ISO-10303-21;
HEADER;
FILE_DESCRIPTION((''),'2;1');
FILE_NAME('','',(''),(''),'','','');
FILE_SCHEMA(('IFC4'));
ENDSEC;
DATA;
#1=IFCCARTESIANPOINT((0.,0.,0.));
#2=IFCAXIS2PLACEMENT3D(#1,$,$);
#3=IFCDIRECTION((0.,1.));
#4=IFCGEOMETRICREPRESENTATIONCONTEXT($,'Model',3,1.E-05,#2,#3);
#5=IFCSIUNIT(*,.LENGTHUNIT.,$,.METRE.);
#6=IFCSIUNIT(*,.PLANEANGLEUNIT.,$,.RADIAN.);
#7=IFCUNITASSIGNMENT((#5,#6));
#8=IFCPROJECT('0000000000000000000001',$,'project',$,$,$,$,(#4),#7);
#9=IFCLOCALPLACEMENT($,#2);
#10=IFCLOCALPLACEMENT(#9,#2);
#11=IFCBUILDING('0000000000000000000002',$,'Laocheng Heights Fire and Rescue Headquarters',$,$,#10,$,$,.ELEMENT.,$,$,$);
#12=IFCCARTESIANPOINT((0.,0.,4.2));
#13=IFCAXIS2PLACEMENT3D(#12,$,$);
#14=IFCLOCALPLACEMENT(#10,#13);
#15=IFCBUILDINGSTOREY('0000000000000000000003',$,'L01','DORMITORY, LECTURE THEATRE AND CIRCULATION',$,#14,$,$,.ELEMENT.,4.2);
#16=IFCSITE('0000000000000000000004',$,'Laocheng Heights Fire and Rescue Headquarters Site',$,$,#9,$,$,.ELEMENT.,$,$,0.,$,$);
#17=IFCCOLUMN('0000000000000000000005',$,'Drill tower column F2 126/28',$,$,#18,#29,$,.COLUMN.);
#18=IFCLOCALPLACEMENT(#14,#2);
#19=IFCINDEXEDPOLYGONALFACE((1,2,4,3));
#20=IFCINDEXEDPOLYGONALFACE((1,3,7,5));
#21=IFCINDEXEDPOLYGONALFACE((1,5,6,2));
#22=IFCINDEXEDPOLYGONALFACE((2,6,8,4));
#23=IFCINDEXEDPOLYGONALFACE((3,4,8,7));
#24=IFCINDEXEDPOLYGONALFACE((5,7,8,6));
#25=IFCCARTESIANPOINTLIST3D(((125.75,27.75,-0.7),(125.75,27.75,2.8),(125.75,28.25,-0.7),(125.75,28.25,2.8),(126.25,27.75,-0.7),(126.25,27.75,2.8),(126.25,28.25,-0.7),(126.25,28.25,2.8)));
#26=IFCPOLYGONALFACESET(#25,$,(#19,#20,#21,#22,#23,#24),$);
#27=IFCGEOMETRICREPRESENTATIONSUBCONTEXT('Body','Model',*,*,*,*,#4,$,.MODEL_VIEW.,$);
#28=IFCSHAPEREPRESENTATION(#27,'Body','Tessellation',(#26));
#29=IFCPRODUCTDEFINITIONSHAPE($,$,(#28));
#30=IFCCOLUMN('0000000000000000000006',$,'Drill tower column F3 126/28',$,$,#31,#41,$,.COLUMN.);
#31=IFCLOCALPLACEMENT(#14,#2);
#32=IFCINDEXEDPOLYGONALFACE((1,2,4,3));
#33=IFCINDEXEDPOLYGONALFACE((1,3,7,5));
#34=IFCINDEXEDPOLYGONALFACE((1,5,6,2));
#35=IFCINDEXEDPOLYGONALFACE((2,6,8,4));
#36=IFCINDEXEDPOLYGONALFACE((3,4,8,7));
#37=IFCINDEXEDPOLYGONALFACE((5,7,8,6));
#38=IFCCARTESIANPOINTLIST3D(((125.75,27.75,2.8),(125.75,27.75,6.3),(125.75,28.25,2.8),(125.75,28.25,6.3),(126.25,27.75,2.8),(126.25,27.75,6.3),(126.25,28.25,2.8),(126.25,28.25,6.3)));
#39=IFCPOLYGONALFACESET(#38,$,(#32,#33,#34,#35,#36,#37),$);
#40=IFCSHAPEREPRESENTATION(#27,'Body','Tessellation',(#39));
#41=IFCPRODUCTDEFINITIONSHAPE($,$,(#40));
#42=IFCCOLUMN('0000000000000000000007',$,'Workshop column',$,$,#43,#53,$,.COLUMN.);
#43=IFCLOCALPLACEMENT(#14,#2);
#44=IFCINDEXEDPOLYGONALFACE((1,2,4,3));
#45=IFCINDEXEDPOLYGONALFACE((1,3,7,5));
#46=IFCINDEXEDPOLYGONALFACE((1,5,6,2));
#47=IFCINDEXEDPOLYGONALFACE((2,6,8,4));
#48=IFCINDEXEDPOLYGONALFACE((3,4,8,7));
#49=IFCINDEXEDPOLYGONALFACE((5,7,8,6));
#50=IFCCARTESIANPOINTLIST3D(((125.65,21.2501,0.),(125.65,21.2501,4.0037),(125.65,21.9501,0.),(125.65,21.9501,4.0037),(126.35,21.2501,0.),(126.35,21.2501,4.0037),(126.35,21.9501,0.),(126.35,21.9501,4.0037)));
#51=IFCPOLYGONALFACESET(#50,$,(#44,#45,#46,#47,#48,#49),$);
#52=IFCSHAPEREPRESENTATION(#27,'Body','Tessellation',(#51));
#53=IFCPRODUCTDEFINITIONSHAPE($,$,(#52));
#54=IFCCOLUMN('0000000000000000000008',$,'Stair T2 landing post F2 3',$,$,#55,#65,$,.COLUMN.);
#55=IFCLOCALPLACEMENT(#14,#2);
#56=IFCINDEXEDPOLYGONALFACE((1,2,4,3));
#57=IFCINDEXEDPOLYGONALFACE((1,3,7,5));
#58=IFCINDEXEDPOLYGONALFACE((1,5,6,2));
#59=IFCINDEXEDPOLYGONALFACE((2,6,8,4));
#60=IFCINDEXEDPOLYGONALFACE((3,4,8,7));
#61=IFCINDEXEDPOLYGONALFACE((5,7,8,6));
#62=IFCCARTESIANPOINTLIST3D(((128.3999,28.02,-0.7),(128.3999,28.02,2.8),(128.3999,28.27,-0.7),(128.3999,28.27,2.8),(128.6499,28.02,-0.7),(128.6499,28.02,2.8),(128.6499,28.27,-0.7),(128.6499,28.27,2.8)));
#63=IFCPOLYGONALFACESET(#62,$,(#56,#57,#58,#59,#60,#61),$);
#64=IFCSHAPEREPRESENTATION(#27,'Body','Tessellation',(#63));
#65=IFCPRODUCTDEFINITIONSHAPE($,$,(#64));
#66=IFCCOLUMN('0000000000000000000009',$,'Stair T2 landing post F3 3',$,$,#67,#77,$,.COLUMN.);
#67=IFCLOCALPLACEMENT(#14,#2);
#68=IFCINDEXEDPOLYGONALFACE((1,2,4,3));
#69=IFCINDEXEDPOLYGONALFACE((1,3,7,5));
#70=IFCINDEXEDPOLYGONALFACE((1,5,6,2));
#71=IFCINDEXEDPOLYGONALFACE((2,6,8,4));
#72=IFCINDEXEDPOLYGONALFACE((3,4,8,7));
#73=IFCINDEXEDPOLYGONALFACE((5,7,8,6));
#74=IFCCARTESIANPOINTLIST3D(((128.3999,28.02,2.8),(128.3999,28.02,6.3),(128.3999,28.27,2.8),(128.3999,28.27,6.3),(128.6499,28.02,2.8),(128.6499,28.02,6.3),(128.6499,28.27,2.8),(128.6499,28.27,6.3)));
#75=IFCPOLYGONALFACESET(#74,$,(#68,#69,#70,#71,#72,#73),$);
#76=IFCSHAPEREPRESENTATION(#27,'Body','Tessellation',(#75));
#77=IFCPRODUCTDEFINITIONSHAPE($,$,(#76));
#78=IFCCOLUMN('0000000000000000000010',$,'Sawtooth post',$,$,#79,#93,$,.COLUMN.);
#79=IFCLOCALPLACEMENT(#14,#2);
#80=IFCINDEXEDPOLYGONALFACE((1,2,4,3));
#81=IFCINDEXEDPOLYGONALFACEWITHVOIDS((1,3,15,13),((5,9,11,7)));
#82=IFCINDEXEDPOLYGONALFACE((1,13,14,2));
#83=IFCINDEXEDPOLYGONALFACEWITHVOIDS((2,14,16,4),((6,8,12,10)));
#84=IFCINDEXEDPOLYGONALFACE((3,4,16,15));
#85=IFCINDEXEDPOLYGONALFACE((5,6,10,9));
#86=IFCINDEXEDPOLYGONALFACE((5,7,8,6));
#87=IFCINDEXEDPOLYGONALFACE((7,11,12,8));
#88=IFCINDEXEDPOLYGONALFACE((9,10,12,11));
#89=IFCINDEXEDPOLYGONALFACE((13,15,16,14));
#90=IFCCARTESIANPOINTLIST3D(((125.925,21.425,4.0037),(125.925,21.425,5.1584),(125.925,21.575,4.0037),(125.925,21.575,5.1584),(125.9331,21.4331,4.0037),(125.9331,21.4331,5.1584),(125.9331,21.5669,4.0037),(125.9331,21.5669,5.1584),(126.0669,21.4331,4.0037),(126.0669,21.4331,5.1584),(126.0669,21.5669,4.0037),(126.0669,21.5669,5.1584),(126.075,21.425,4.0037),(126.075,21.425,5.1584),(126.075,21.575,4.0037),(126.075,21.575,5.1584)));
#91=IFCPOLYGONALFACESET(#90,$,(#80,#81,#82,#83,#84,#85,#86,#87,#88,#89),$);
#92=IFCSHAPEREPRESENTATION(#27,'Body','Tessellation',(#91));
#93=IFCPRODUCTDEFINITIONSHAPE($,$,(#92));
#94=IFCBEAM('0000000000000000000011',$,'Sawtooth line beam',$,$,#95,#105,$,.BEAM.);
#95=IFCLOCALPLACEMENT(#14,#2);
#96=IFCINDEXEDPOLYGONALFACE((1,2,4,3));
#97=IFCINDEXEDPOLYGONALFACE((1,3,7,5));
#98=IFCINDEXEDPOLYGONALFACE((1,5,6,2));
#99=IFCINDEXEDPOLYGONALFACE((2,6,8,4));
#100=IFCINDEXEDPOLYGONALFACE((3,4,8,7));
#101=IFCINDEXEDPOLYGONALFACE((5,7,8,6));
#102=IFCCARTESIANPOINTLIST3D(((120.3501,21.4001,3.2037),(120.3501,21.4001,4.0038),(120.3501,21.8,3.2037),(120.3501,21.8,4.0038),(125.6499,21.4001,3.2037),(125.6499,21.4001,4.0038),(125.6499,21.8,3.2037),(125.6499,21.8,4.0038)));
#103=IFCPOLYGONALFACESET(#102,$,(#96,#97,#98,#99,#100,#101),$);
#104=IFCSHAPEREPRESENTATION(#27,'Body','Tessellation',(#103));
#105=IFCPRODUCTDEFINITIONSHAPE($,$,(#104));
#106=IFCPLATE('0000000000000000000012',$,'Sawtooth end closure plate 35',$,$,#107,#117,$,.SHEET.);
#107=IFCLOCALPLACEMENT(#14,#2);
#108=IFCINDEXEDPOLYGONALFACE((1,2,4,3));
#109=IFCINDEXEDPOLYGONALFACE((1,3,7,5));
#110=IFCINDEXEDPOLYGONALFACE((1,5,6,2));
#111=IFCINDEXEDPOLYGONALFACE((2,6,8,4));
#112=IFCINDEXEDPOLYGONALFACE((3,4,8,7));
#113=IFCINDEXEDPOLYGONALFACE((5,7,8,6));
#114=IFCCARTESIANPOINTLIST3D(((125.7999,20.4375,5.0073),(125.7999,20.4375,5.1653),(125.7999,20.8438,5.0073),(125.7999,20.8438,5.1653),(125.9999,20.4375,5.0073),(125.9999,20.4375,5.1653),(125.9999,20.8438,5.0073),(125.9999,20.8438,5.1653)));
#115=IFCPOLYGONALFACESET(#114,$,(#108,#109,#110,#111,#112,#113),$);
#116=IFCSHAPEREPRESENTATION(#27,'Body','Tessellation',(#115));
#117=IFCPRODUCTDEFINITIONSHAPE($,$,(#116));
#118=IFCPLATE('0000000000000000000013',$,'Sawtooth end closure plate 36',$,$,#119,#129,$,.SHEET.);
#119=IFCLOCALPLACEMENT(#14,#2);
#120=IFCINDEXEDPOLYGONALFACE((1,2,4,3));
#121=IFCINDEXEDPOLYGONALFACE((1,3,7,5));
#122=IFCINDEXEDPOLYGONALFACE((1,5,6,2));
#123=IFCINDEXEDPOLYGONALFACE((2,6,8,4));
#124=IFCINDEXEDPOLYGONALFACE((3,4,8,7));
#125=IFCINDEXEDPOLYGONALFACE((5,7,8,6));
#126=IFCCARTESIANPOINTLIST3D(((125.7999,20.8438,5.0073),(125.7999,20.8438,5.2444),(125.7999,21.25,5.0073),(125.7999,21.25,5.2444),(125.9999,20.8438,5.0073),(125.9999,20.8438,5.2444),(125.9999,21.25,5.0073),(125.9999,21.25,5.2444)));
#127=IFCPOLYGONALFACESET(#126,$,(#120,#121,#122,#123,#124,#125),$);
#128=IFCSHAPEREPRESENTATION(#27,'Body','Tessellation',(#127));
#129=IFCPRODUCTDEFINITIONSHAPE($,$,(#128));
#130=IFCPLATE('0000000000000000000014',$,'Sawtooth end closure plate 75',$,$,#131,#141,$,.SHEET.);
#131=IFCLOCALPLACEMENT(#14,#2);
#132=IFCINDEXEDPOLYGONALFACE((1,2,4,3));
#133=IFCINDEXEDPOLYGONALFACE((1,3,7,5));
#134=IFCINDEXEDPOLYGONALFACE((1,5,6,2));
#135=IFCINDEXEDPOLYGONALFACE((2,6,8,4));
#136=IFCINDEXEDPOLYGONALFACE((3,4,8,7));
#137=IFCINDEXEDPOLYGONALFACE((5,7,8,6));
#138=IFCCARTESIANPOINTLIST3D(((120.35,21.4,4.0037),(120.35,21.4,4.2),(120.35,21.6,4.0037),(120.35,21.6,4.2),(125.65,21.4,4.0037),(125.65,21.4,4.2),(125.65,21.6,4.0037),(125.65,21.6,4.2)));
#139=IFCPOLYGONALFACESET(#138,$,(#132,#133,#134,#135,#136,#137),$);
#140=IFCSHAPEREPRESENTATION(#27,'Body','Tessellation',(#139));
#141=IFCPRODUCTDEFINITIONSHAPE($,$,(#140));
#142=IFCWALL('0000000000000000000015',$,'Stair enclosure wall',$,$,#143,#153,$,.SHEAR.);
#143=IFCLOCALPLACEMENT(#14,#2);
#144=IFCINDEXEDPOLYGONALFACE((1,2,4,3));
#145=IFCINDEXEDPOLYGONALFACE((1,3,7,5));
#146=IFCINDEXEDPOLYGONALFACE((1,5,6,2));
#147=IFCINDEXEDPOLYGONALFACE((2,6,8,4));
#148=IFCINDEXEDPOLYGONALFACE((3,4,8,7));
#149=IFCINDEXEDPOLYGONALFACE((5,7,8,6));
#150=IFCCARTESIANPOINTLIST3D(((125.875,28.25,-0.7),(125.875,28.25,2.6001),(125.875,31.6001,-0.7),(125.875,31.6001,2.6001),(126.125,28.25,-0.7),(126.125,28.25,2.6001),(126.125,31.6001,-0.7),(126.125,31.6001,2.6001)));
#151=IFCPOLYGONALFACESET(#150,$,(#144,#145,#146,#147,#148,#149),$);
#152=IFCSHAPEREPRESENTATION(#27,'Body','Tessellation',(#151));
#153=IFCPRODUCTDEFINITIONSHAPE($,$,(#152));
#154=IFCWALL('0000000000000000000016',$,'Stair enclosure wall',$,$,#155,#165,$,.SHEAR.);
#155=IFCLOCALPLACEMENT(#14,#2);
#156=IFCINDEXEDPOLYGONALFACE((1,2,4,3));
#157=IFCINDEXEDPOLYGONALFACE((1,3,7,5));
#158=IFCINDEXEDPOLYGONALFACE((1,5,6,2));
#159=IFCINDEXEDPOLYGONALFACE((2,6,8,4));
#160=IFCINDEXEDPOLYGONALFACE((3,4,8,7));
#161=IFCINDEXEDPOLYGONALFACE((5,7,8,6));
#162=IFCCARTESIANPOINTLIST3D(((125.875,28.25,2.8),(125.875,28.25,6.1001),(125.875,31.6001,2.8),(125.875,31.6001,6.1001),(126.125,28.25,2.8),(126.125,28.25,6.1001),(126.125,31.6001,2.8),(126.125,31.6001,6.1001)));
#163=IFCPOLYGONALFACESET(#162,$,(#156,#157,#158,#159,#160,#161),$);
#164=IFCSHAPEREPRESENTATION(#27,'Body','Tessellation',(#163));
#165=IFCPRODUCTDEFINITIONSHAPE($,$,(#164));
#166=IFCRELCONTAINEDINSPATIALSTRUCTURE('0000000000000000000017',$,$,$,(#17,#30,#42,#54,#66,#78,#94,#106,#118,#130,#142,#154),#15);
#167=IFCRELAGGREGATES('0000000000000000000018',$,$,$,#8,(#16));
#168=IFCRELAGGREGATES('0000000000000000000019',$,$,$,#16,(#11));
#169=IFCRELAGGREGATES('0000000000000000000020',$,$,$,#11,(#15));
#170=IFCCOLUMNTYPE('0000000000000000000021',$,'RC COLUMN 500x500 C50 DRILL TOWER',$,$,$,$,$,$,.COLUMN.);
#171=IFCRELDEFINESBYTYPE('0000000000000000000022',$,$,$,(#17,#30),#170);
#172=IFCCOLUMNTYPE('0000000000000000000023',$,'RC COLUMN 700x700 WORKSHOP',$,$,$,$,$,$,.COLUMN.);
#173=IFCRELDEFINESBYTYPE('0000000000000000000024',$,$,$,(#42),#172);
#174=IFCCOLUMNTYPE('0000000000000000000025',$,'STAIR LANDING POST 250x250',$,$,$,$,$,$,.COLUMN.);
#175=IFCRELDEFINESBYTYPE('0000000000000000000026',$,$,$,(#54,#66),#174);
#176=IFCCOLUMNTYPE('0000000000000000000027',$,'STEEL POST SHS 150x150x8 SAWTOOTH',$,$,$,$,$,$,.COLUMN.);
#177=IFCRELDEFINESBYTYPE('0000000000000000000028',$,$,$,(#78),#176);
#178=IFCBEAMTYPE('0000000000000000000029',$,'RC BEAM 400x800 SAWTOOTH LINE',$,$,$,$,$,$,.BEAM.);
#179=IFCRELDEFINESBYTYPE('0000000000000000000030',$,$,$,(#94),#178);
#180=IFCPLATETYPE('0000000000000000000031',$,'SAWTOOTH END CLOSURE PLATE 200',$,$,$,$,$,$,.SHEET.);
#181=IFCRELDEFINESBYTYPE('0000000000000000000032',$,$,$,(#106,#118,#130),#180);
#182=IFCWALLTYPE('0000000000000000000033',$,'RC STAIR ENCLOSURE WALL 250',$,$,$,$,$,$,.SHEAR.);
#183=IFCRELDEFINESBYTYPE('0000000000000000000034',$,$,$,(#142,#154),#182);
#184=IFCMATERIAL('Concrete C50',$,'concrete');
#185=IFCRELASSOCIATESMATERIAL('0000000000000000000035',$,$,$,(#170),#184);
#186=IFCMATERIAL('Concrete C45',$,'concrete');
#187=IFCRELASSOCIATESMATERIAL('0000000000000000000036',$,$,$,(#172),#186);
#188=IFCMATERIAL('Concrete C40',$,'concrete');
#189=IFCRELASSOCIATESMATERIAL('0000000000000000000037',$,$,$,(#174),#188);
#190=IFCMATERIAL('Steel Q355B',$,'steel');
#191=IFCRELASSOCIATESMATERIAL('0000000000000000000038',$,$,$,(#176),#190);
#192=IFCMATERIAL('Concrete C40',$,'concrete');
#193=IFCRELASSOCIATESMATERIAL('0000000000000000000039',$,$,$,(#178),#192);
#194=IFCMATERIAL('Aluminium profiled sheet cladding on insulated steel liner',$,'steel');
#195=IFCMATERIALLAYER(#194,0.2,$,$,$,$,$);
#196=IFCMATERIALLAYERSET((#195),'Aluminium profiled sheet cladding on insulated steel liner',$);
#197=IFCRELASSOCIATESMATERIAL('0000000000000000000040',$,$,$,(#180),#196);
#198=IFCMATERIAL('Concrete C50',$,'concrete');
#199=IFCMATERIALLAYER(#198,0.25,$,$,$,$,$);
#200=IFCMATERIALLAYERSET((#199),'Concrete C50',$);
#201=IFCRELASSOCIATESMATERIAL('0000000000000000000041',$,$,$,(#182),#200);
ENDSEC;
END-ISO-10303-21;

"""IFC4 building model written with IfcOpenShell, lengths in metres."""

from ifc_helpers import new_model, si_unit, direction, frame, frame_2d, origin, origin_2d, place, context, subcontext, project, spatial, rectangle, hollow_rectangle, extrude, material, layer, layer_set, material_profile, profile_set, type_object, element, save


model = new_model("IFC4")

# Units and contexts
model_context = context("Model", 3, precision=1e-05, world=origin(), true_north=direction((0.0, 1.0)))
body_context = subcontext(model_context, "Body", "Model", "MODEL_VIEW")
ifc_project = project(units=[si_unit("LENGTHUNIT", "METRE"), si_unit("PLANEANGLEUNIT", "RADIAN")], contexts=[model_context])

# Site, building, storey
site_placement = place(None, origin())
site = spatial("IfcSite", under=ifc_project, at=site_placement, Name="Laocheng Heights Fire and Rescue Headquarters Site", CompositionType="ELEMENT", RefElevation=0.0)
building_placement = place(site_placement, origin())
building = spatial("IfcBuilding", under=site, at=building_placement, Name="Laocheng Heights Fire and Rescue Headquarters", CompositionType="ELEMENT")
storey_placement = place(building_placement, frame((0.0, 0.0, 4.2)))
storey = spatial("IfcBuildingStorey", under=building, at=storey_placement, Name="L01", Description="DORMITORY, LECTURE THEATRE AND CIRCULATION", CompositionType="ELEMENT", Elevation=4.2)

# Columns
ifc_material_1 = material(Name="Concrete C50", Category="concrete")
ifc_material_profile_1 = material_profile(ifc_material_1, rectangle(XDim=0.5, YDim=0.5, at=origin_2d()), Name="RC COLUMN 500x500 C50 DRILL TOWER")
ifc_profile_set_1 = profile_set([ifc_material_profile_1], Name="Concrete C50")
column_type_1 = type_object("IfcColumnType", Name="RC COLUMN 500x500 C50 DRILL TOWER", PredefinedType="COLUMN", material=ifc_profile_set_1)
for number, where, z_axis, x_axis, name in (
    (1, (126.0, 28.0, -0.7), (0.0, 0.0, 1.0), (1.0, 0.0, 0.0), "Drill tower column F2 126/28"),
    (2, (126.0, 28.0, 2.8), (0.0, 0.0, 1.0), (1.0, 0.0, 0.0), "Drill tower column F3 126/28"),
):
    element("IfcColumn", number, at=place(storey_placement, frame(where, z_axis=z_axis, x_axis=x_axis)), inside=storey, type_object=column_type_1, Name=name, PredefinedType="COLUMN", context=body_context, shape_type="SweptSolid", body=[
        extrude(rectangle(XDim=0.5, YDim=0.5, at=origin_2d()), origin(), (0.0, 0.0, 1.0), 3.5),
    ])
ifc_material_2 = material(Name="Concrete C45", Category="concrete")
ifc_material_profile_2 = material_profile(ifc_material_2, rectangle(XDim=0.7, YDim=0.7, at=origin_2d()), Name="RC COLUMN 700x700 WORKSHOP")
ifc_profile_set_2 = profile_set([ifc_material_profile_2], Name="Concrete C45")
column_type_2 = type_object("IfcColumnType", Name="RC COLUMN 700x700 WORKSHOP", PredefinedType="COLUMN", material=ifc_profile_set_2)
column_1_placement = place(storey_placement, frame((126.0, 21.6001, 0.0), z_axis=(0.0, 0.0, 1.0), x_axis=(1.0, 0.0, 0.0)))
element("IfcColumn", 3, at=column_1_placement, inside=storey, type_object=column_type_2, Name="Workshop column", PredefinedType="COLUMN", context=body_context, shape_type="SweptSolid", body=[
    extrude(rectangle(XDim=0.7, YDim=0.7, at=origin_2d()), origin(), (0.0, 0.0, 1.0), 4.0037),
])
ifc_material_3 = material(Name="Concrete C40", Category="concrete")
ifc_material_profile_3 = material_profile(ifc_material_3, rectangle(XDim=0.25, YDim=0.25, at=origin_2d()), Name="STAIR LANDING POST 250x250")
ifc_profile_set_3 = profile_set([ifc_material_profile_3], Name="Concrete C40")
column_type_3 = type_object("IfcColumnType", Name="STAIR LANDING POST 250x250", PredefinedType="COLUMN", material=ifc_profile_set_3)
for number, where, z_axis, x_axis, name in (
    (4, (128.5249, 28.145, -0.7), (0.0, 0.0, 1.0), (1.0, 0.0, 0.0), "Stair T2 landing post F2 3"),
    (5, (128.5249, 28.145, 2.8), (0.0, 0.0, 1.0), (1.0, 0.0, 0.0), "Stair T2 landing post F3 3"),
):
    element("IfcColumn", number, at=place(storey_placement, frame(where, z_axis=z_axis, x_axis=x_axis)), inside=storey, type_object=column_type_3, Name=name, PredefinedType="COLUMN", context=body_context, shape_type="SweptSolid", body=[
        extrude(rectangle(XDim=0.25, YDim=0.25, at=origin_2d()), origin(), (0.0, 0.0, 1.0), 3.5),
    ])
ifc_material_4 = material(Name="Steel Q355B", Category="steel")
ifc_material_profile_4 = material_profile(ifc_material_4, hollow_rectangle(XDim=0.1499, YDim=0.1499, WallThickness=0.0081, at=origin_2d()), Name="SHS 150x150x8")
ifc_profile_set_4 = profile_set([ifc_material_profile_4], Name="Steel Q355B")
column_type_4 = type_object("IfcColumnType", Name="STEEL POST SHS 150x150x8 SAWTOOTH", PredefinedType="COLUMN", material=ifc_profile_set_4)
column_2_placement = place(storey_placement, frame((126.0, 21.5, 4.0037), z_axis=(0.0, 0.0, 1.0), x_axis=(1.0, 0.0, 0.0)))
element("IfcColumn", 6, at=column_2_placement, inside=storey, type_object=column_type_4, Name="Sawtooth post", PredefinedType="COLUMN", context=body_context, shape_type="SweptSolid", body=[
    extrude(hollow_rectangle(XDim=0.1499, YDim=0.1499, WallThickness=0.0081, at=origin_2d()), origin(), (0.0, 0.0, 1.0), 1.1548),
])

# Beam
ifc_material_5 = material(Name="Concrete C40", Category="concrete")
ifc_material_profile_5 = material_profile(ifc_material_5, rectangle(XDim=0.3999, YDim=0.8, at=origin_2d()), Name="RC BEAM 400x800 SAWTOOTH LINE")
ifc_profile_set_5 = profile_set([ifc_material_profile_5], Name="Concrete C40")
beam_type = type_object("IfcBeamType", Name="RC BEAM 400x800 SAWTOOTH LINE", PredefinedType="BEAM", material=ifc_profile_set_5)
beam_placement = place(storey_placement, frame((120.3501, 21.6001, 3.6038), z_axis=(1.0, 0.0, 0.0), x_axis=(0.0, 1.0, 0.0)))
element("IfcBeam", 7, at=beam_placement, inside=storey, type_object=beam_type, Name="Sawtooth line beam", PredefinedType="BEAM", context=body_context, shape_type="SweptSolid", body=[
    extrude(rectangle(XDim=0.3999, YDim=0.8, at=origin_2d()), origin(), (0.0, 0.0, 1.0), 5.2998),
])

# Plates
ifc_material_6 = material(Name="Aluminium profiled sheet cladding on insulated steel liner", Category="steel")
ifc_layer_1 = layer(ifc_material_6, 0.2)
ifc_layer_set_1 = layer_set([ifc_layer_1], Name="Aluminium profiled sheet cladding on insulated steel liner")
plate_type = type_object("IfcPlateType", Name="SAWTOOTH END CLOSURE PLATE 200", PredefinedType="SHEET", material=ifc_layer_set_1)
plate_1_placement = place(storey_placement, frame((125.8999, 20.6406, 5.0073), z_axis=(0.0, 0.0, 1.0), x_axis=(1.0, 0.0, 0.0)))
element("IfcPlate", 8, at=plate_1_placement, inside=storey, type_object=plate_type, Name="Sawtooth end closure plate 35", PredefinedType="SHEET", context=body_context, shape_type="SweptSolid", body=[
    extrude(rectangle(XDim=0.2, YDim=0.4062, at=origin_2d()), origin(), (0.0, 0.0, 1.0), 0.158),
])
plate_2_placement = place(storey_placement, frame((125.8999, 21.0469, 5.0073), z_axis=(0.0, 0.0, 1.0), x_axis=(1.0, 0.0, 0.0)))
element("IfcPlate", 9, at=plate_2_placement, inside=storey, type_object=plate_type, Name="Sawtooth end closure plate 36", PredefinedType="SHEET", context=body_context, shape_type="SweptSolid", body=[
    extrude(rectangle(XDim=0.2, YDim=0.4062, at=origin_2d()), origin(), (0.0, 0.0, 1.0), 0.2371),
])
plate_3_placement = place(storey_placement, frame((123.0, 21.5, 4.0037), z_axis=(0.0, 0.0, 1.0), x_axis=(1.0, 0.0, 0.0)))
element("IfcPlate", 10, at=plate_3_placement, inside=storey, type_object=plate_type, Name="Sawtooth end closure plate 75", PredefinedType="SHEET", context=body_context, shape_type="SweptSolid", body=[
    extrude(rectangle(XDim=5.3, YDim=0.2, at=origin_2d()), origin(), (0.0, 0.0, 1.0), 0.1963),
])

# Walls
ifc_material_7 = material(Name="Concrete C50", Category="concrete")
ifc_layer_2 = layer(ifc_material_7, 0.25)
ifc_layer_set_2 = layer_set([ifc_layer_2], Name="Concrete C50")
wall_type = type_object("IfcWallType", Name="RC STAIR ENCLOSURE WALL 250", PredefinedType="SHEAR", material=ifc_layer_set_2)
for number, where, z_axis, x_axis, name in (
    (11, (126.0, 28.25, -0.7), (0.0, 0.0, 1.0), (0.0, 1.0, 0.0), "Stair enclosure wall"),
    (12, (126.0, 28.25, 2.8), (0.0, 0.0, 1.0), (0.0, 1.0, 0.0), "Stair enclosure wall"),
):
    element("IfcWall", number, at=place(storey_placement, frame(where, z_axis=z_axis, x_axis=x_axis)), inside=storey, type_object=wall_type, Name=name, PredefinedType="SHEAR", context=body_context, shape_type="SweptSolid", body=[
        extrude(rectangle(XDim=3.3501, YDim=0.25, at=frame_2d((1.675, 0.0))), origin(), (0.0, 0.0, 1.0), 3.3),
    ])

save(model, "model.ifc")
